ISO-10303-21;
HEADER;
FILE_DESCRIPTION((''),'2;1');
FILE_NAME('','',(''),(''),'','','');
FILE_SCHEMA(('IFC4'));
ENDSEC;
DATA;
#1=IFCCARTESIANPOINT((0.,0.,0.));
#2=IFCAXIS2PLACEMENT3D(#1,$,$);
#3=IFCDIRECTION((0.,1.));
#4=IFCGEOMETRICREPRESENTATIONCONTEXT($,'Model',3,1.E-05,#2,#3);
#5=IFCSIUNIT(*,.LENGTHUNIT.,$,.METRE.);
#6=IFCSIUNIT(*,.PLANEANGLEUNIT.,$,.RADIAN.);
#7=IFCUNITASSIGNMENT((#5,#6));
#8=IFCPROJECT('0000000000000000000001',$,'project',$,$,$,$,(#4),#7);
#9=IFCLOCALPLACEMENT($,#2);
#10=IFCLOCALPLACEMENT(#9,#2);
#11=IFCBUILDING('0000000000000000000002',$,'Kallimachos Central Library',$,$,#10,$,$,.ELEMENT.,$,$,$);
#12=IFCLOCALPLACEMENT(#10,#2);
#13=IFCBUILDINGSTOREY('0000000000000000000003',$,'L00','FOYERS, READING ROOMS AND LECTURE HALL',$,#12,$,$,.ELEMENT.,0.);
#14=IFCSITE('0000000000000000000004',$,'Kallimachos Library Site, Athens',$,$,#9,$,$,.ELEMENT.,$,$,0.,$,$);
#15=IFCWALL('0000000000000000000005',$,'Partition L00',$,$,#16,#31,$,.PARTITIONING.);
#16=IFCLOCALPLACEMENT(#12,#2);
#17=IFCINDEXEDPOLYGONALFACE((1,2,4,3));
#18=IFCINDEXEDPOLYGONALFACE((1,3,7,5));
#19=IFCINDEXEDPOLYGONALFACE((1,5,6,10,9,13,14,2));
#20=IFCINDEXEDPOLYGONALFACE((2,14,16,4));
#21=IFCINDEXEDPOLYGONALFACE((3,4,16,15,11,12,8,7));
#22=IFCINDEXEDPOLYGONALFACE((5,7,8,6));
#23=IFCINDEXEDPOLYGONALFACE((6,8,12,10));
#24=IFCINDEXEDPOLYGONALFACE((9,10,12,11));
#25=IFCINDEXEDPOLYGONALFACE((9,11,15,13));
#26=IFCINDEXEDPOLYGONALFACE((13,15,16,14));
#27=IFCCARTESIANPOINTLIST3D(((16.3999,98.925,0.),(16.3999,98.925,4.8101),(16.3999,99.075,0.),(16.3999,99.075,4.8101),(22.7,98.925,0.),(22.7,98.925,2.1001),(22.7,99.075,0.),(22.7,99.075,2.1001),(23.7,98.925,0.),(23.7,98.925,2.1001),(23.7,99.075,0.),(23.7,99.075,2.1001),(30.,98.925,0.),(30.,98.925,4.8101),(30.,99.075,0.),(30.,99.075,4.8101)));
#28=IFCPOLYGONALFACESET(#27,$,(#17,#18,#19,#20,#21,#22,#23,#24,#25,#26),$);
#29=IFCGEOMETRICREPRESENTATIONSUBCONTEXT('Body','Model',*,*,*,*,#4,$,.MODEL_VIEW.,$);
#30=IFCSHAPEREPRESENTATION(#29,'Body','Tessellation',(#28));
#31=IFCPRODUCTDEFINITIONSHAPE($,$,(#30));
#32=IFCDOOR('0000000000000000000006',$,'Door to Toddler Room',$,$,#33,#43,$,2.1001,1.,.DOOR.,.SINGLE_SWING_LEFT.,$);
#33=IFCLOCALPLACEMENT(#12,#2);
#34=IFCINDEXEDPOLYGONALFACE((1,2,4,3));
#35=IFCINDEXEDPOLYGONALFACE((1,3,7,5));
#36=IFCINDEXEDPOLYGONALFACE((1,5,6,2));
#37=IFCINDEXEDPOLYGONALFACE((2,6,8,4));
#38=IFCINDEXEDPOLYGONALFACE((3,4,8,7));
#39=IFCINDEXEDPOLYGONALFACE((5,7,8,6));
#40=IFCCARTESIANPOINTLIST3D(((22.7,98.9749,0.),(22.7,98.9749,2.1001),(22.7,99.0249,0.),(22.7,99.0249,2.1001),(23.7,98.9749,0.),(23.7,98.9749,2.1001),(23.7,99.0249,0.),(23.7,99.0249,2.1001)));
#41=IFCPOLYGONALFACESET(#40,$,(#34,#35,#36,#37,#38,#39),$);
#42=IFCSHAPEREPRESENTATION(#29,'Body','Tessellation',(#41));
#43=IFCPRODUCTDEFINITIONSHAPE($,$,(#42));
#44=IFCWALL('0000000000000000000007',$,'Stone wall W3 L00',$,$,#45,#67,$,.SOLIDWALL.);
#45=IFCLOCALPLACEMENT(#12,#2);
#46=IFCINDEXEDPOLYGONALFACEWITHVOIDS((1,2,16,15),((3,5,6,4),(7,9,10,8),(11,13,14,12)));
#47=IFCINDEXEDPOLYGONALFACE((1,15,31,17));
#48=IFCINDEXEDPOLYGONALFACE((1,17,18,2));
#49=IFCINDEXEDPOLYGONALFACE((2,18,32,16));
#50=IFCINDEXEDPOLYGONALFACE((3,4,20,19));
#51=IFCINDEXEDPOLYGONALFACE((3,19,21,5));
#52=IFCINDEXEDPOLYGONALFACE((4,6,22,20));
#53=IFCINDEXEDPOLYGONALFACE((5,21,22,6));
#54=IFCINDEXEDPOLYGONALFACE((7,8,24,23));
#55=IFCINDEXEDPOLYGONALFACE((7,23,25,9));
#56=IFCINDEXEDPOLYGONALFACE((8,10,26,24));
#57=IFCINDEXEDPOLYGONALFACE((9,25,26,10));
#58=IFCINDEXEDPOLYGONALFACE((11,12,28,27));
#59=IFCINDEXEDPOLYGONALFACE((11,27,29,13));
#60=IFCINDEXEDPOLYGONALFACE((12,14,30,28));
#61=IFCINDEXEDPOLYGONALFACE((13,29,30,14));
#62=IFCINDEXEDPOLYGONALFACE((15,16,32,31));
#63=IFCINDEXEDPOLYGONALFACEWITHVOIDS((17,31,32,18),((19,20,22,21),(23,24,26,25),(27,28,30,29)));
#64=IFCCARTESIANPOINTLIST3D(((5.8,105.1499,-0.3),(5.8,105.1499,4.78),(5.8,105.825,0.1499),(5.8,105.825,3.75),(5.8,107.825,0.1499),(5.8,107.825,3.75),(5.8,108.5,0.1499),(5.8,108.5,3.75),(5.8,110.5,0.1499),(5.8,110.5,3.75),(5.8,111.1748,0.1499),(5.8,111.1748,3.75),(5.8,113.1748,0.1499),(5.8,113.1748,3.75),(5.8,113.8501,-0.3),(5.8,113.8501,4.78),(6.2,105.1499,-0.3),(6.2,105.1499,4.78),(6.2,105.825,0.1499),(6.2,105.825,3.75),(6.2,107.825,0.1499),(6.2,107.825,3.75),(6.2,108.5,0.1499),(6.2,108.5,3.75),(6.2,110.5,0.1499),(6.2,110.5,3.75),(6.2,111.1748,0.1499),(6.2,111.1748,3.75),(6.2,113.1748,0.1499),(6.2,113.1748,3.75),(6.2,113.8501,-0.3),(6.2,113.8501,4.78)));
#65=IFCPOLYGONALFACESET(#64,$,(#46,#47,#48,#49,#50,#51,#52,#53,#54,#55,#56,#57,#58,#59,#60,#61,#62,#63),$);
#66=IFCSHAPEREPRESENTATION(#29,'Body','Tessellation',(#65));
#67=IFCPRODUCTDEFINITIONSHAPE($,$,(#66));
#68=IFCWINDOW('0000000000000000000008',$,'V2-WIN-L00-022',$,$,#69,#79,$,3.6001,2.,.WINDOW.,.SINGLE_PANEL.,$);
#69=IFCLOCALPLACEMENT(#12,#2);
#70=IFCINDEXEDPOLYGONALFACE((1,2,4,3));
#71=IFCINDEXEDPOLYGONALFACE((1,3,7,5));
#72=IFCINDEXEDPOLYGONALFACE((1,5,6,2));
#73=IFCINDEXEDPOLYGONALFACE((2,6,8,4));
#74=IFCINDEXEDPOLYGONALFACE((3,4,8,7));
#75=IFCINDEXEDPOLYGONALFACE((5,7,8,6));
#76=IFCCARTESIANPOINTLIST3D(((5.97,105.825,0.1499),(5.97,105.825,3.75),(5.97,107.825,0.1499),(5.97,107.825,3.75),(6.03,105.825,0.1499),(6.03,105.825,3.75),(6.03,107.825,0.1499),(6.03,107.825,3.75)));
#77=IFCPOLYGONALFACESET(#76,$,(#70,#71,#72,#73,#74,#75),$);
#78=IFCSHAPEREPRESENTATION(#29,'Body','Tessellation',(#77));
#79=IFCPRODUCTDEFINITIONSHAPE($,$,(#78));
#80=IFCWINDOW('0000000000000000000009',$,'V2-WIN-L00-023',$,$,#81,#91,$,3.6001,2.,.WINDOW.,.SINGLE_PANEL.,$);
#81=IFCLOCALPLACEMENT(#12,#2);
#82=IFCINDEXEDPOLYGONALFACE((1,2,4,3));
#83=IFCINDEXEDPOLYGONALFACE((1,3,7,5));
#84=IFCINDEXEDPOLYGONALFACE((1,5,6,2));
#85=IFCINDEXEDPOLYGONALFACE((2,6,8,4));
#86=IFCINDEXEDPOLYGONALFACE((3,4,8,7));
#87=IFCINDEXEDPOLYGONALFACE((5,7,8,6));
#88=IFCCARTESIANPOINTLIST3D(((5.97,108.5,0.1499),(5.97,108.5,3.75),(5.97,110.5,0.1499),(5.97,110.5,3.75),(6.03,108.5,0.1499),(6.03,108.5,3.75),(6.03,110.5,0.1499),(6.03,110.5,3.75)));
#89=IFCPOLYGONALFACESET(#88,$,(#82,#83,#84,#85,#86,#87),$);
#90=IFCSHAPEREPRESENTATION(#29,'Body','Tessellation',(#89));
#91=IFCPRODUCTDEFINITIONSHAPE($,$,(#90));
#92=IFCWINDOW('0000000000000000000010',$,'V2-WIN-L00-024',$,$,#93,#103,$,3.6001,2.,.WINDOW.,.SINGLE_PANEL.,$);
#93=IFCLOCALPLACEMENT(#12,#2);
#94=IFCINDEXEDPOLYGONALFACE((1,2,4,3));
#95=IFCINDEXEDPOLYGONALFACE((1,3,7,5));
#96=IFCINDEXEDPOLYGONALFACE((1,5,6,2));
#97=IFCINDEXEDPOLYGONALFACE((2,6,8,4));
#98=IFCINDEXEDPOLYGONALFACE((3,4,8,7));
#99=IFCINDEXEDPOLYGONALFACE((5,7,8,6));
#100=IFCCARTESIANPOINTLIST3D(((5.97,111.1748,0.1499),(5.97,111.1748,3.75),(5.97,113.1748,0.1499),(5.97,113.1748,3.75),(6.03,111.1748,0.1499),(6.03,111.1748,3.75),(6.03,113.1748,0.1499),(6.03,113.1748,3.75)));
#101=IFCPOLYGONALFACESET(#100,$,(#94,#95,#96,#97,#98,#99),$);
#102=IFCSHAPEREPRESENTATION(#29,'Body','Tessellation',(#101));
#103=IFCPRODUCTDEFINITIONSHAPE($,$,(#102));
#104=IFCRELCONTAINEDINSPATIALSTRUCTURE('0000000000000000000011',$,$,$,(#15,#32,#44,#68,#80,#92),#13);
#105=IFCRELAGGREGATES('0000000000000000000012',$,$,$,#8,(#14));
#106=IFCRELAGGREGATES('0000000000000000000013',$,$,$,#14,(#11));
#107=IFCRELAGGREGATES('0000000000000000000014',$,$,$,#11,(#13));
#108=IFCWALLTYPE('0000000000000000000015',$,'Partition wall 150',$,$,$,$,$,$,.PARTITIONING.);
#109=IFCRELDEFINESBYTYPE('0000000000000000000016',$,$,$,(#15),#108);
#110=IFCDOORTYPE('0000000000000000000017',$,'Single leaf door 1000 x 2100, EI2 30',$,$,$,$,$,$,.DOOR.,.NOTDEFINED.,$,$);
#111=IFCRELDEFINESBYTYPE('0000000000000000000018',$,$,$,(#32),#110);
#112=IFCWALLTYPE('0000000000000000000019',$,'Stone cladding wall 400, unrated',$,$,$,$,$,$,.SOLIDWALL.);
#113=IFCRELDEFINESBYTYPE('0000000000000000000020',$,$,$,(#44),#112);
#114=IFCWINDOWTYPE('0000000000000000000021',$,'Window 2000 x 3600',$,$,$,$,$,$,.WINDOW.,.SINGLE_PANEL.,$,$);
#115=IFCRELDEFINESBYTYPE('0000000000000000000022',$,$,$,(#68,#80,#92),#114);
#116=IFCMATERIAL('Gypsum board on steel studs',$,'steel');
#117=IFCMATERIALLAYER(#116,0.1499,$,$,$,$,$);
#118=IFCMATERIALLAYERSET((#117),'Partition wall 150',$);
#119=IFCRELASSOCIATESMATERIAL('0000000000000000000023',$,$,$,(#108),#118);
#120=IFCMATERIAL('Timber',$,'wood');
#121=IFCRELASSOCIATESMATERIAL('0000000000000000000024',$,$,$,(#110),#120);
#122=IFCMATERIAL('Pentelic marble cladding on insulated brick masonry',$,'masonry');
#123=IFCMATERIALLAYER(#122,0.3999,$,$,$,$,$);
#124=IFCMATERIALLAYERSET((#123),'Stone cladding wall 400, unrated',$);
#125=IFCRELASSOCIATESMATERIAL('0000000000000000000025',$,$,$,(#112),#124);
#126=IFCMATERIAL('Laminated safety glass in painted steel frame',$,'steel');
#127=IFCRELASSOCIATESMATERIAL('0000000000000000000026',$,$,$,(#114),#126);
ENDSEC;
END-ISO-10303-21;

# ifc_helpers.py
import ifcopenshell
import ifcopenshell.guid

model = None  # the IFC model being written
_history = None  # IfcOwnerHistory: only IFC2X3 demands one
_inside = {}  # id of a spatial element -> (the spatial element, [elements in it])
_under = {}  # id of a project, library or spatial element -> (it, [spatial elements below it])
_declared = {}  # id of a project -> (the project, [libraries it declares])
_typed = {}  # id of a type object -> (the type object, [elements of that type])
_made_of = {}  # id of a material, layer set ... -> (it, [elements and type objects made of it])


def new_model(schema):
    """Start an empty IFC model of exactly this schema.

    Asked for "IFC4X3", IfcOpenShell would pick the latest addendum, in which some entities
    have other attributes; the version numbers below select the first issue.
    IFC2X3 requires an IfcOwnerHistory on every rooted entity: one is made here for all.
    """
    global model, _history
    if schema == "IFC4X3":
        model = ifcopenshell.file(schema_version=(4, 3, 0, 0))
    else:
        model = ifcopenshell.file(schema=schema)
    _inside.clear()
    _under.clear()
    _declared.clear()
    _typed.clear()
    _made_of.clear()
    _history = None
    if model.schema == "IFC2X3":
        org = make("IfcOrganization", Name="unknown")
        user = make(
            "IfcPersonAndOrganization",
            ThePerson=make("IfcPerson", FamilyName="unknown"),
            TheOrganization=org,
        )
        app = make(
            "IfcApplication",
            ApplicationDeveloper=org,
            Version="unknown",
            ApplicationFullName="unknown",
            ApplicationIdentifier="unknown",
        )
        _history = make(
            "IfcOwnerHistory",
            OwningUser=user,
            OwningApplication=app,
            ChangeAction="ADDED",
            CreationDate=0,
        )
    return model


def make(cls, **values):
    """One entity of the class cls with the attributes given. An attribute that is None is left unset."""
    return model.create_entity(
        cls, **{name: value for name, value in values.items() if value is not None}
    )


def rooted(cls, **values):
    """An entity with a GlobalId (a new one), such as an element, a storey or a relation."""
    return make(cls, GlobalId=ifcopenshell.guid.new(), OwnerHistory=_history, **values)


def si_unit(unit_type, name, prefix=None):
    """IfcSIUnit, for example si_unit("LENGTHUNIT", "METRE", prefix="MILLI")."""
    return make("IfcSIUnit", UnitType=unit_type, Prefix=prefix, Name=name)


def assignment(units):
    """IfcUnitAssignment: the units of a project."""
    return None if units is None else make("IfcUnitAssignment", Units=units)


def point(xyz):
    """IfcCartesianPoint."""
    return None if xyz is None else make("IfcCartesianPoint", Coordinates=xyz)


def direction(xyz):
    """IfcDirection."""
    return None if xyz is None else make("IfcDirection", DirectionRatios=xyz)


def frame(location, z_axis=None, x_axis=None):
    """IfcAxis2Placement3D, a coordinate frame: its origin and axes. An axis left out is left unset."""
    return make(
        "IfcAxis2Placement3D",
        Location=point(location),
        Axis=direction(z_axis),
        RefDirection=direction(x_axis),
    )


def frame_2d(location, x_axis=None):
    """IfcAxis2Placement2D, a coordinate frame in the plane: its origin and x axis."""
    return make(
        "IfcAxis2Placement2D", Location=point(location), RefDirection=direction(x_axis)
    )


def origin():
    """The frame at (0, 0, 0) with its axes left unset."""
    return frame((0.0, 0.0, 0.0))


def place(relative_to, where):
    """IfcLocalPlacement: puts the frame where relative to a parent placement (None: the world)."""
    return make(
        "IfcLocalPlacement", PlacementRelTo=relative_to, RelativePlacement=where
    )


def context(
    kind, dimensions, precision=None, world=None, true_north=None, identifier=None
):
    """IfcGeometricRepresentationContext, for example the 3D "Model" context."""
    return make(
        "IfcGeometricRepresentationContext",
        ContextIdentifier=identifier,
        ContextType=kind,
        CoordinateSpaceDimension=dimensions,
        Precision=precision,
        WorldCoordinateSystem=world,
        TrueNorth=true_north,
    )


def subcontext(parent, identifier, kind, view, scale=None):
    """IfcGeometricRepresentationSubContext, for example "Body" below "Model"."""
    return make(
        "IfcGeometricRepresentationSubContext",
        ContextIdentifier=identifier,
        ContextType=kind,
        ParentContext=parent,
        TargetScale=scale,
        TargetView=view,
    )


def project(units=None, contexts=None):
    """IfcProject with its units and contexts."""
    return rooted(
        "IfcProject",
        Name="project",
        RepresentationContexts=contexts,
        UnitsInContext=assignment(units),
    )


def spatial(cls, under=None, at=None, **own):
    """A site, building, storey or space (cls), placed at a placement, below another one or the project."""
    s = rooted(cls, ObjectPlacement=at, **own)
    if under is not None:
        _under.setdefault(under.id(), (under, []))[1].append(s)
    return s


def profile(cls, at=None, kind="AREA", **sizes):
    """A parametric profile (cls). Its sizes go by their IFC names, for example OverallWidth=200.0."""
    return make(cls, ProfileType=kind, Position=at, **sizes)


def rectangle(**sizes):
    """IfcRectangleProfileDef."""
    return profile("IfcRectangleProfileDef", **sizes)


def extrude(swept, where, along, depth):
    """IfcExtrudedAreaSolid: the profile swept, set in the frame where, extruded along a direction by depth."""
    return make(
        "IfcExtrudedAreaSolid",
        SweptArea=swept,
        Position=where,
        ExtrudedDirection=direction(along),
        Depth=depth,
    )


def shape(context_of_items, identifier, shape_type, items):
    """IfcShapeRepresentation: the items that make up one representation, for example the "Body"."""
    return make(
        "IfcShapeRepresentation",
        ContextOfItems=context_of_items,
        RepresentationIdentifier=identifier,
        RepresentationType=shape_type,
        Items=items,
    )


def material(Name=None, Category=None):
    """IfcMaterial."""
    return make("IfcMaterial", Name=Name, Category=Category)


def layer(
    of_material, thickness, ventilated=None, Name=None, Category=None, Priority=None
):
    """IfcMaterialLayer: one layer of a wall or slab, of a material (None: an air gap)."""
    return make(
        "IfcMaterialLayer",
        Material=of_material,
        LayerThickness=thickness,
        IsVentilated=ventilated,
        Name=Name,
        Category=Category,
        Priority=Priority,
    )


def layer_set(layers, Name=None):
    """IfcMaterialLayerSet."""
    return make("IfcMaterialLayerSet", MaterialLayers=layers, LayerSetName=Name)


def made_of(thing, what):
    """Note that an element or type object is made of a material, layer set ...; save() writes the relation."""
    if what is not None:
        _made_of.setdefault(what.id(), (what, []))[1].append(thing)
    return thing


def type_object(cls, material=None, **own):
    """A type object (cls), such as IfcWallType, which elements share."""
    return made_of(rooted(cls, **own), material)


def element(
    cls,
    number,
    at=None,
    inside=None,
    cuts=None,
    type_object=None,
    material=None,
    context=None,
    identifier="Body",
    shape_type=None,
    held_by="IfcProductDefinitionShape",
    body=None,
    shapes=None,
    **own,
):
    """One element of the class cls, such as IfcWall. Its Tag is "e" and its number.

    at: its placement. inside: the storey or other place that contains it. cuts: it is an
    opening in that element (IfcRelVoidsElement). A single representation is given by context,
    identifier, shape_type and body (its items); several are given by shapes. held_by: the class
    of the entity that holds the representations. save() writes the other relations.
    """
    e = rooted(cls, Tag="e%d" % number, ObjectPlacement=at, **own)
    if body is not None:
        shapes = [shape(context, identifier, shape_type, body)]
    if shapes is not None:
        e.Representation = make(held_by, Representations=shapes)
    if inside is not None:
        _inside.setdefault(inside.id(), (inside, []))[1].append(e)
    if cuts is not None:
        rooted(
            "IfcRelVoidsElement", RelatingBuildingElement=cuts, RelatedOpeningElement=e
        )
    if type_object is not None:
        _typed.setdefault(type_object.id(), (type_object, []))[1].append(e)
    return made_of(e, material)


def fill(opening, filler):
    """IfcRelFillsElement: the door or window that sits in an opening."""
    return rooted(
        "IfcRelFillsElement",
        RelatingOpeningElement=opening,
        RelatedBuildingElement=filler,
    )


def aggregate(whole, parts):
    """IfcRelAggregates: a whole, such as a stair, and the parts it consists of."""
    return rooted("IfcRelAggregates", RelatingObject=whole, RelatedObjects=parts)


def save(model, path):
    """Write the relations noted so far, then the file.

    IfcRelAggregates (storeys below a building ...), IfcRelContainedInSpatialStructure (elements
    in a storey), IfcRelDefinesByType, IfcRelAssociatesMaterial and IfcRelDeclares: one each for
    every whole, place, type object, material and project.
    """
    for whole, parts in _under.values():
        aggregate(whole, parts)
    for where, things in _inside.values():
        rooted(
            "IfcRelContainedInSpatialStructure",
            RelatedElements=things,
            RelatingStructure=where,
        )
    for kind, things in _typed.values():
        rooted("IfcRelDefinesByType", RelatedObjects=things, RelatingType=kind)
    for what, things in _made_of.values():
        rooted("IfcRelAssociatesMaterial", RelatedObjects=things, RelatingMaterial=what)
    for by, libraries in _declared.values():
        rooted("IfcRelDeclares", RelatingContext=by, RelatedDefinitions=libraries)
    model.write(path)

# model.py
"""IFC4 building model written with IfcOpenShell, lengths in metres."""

from ifc_helpers import new_model, si_unit, direction, frame, frame_2d, origin, place, context, subcontext, project, spatial, rectangle, extrude, material, layer, layer_set, type_object, element, fill, save


model = new_model("IFC4")

# Units and contexts
model_context = context("Model", 3, precision=1e-05, world=origin(), true_north=direction((0.0, 1.0)))
body_context = subcontext(model_context, "Body", "Model", "MODEL_VIEW")
ifc_project = project(units=[si_unit("LENGTHUNIT", "METRE"), si_unit("PLANEANGLEUNIT", "RADIAN")], contexts=[model_context])

# Site, building, storey
site_placement = place(None, origin())
site = spatial("IfcSite", under=ifc_project, at=site_placement, Name="Kallimachos Library Site, Athens", CompositionType="ELEMENT", RefElevation=0.0)
building_placement = place(site_placement, origin())
building = spatial("IfcBuilding", under=site, at=building_placement, Name="Kallimachos Central Library", CompositionType="ELEMENT")
storey_placement = place(building_placement, origin())
storey = spatial("IfcBuildingStorey", under=building, at=storey_placement, Name="L00", Description="FOYERS, READING ROOMS AND LECTURE HALL", CompositionType="ELEMENT", Elevation=0.0)

# Shared definitions
ifc_material_1 = material(Name="Gypsum board on steel studs", Category="steel")
ifc_layer_1 = layer(ifc_material_1, 0.1499)
ifc_layer_set_1 = layer_set([ifc_layer_1], Name="Partition wall 150")
wall_type_1 = type_object("IfcWallType", Name="Partition wall 150", PredefinedType="PARTITIONING", material=ifc_layer_set_1)

# Wall, opening, door
wall_1_placement = place(storey_placement, frame((16.3999, 99.0, 0.0), z_axis=(0.0, 0.0, 1.0), x_axis=(1.0, 0.0, 0.0)))
wall_1 = element("IfcWall", 1, at=wall_1_placement, inside=storey, type_object=wall_type_1, Name="Partition L00", PredefinedType="PARTITIONING", context=body_context, shape_type="SweptSolid", body=[
    extrude(rectangle(XDim=13.6001, YDim=0.1499, at=frame_2d((6.8, 0.0))), origin(), (0.0, 0.0, 1.0), 4.8101),
])
opening_1_placement = place(wall_1_placement, frame((6.3, 0.0, 0.0)))
opening_1 = element("IfcOpeningElement", 2, at=opening_1_placement, cuts=wall_1, PredefinedType="OPENING", context=body_context, shape_type="SweptSolid", body=[
    extrude(rectangle(XDim=1.0, YDim=2.1001, at=frame_2d((0.5, 1.05))), frame((0.0, 0.085, 0.0), z_axis=(0.0, -1.0, 0.0), x_axis=(1.0, 0.0, 0.0)), (0.0, 0.0, 1.0), 0.1699),
])
ifc_material_2 = material(Name="Timber", Category="wood")
door_type_1 = type_object("IfcDoorType", Name="Single leaf door 1000 x 2100, EI2 30", OperationType="NOTDEFINED", PredefinedType="DOOR", material=ifc_material_2)
door_1_placement = place(opening_1_placement, origin())
door_1 = element("IfcDoor", 3, at=door_1_placement, inside=storey, type_object=door_type_1, Name="Door to Toddler Room", OperationType="SINGLE_SWING_LEFT", OverallHeight=2.1001, OverallWidth=1.0, PredefinedType="DOOR", context=body_context, shape_type="SweptSolid", body=[
    extrude(rectangle(XDim=1.0, YDim=2.1001, at=frame_2d((0.5, 1.05))), frame((0.0, 0.0249, 0.0), z_axis=(0.0, -1.0, 0.0), x_axis=(1.0, 0.0, 0.0)), (0.0, 0.0, 1.0), 0.05),
])
fill(opening_1, door_1)

# Wall, openings, windows
ifc_material_3 = material(Name="Pentelic marble cladding on insulated brick masonry", Category="masonry")
ifc_layer_2 = layer(ifc_material_3, 0.3999)
ifc_layer_set_2 = layer_set([ifc_layer_2], Name="Stone cladding wall 400, unrated")
wall_type_2 = type_object("IfcWallType", Name="Stone cladding wall 400, unrated", PredefinedType="SOLIDWALL", material=ifc_layer_set_2)
wall_2_placement = place(storey_placement, frame((6.0, 105.1499, -0.3), z_axis=(0.0, 0.0, 1.0), x_axis=(0.0, 1.0, 0.0)))
wall_2 = element("IfcWall", 4, at=wall_2_placement, inside=storey, type_object=wall_type_2, Name="Stone wall W3 L00", PredefinedType="SOLIDWALL", context=body_context, shape_type="SweptSolid", body=[
    extrude(rectangle(XDim=8.7002, YDim=0.3999, at=frame_2d((4.3501, 0.0))), origin(), (0.0, 0.0, 1.0), 5.0801),
])
opening_2_placement = place(wall_2_placement, frame((0.675, 0.0, 0.45)))
opening_2 = element("IfcOpeningElement", 5, at=opening_2_placement, cuts=wall_2, PredefinedType="OPENING", context=body_context, shape_type="SweptSolid", body=[
    extrude(rectangle(XDim=2.0, YDim=3.6001, at=frame_2d((1.0, 1.8))), frame((0.0, 0.21, 0.0), z_axis=(0.0, -1.0, 0.0), x_axis=(1.0, 0.0, 0.0)), (0.0, 0.0, 1.0), 0.4199),
])
opening_3_placement = place(wall_2_placement, frame((3.3501, 0.0, 0.45)))
opening_3 = element("IfcOpeningElement", 6, at=opening_3_placement, cuts=wall_2, PredefinedType="OPENING", context=body_context, shape_type="SweptSolid", body=[
    extrude(rectangle(XDim=2.0, YDim=3.6001, at=frame_2d((1.0, 1.8))), frame((0.0, 0.21, 0.0), z_axis=(0.0, -1.0, 0.0), x_axis=(1.0, 0.0, 0.0)), (0.0, 0.0, 1.0), 0.4199),
])
opening_4_placement = place(wall_2_placement, frame((6.0249, 0.0, 0.45)))
opening_4 = element("IfcOpeningElement", 7, at=opening_4_placement, cuts=wall_2, PredefinedType="OPENING", context=body_context, shape_type="SweptSolid", body=[
    extrude(rectangle(XDim=2.0, YDim=3.6001, at=frame_2d((1.0, 1.8))), frame((0.0, 0.21, 0.0), z_axis=(0.0, -1.0, 0.0), x_axis=(1.0, 0.0, 0.0)), (0.0, 0.0, 1.0), 0.4199),
])
ifc_material_4 = material(Name="Laminated safety glass in painted steel frame", Category="steel")
window_type = type_object("IfcWindowType", Name="Window 2000 x 3600", PartitioningType="SINGLE_PANEL", PredefinedType="WINDOW", material=ifc_material_4)
window_1_placement = place(opening_2_placement, origin())
window_1 = element("IfcWindow", 8, at=window_1_placement, inside=storey, type_object=window_type, Name="V2-WIN-L00-022", OverallHeight=3.6001, OverallWidth=2.0, PartitioningType="SINGLE_PANEL", PredefinedType="WINDOW", context=body_context, shape_type="SweptSolid", body=[
    extrude(rectangle(XDim=2.0, YDim=3.6001, at=frame_2d((1.0, 1.8))), frame((0.0, 0.03, 0.0), z_axis=(0.0, -1.0, 0.0), x_axis=(1.0, 0.0, 0.0)), (0.0, 0.0, 1.0), 0.0601),
])
fill(opening_2, window_1)
window_2_placement = place(opening_3_placement, origin())
window_2 = element("IfcWindow", 9, at=window_2_placement, inside=storey, type_object=window_type, Name="V2-WIN-L00-023", OverallHeight=3.6001, OverallWidth=2.0, PartitioningType="SINGLE_PANEL", PredefinedType="WINDOW", context=body_context, shape_type="SweptSolid", body=[
    extrude(rectangle(XDim=2.0, YDim=3.6001, at=frame_2d((1.0, 1.8))), frame((0.0, 0.03, 0.0), z_axis=(0.0, -1.0, 0.0), x_axis=(1.0, 0.0, 0.0)), (0.0, 0.0, 1.0), 0.0601),
])
fill(opening_3, window_2)
window_3_placement = place(opening_4_placement, origin())
window_3 = element("IfcWindow", 10, at=window_3_placement, inside=storey, type_object=window_type, Name="V2-WIN-L00-024", OverallHeight=3.6001, OverallWidth=2.0, PartitioningType="SINGLE_PANEL", PredefinedType="WINDOW", context=body_context, shape_type="SweptSolid", body=[
    extrude(rectangle(XDim=2.0, YDim=3.6001, at=frame_2d((1.0, 1.8))), frame((0.0, 0.03, 0.0), z_axis=(0.0, -1.0, 0.0), x_axis=(1.0, 0.0, 0.0)), (0.0, 0.0, 1.0), 0.0601),
])
fill(opening_4, window_3)

save(model, "model.ifc")
